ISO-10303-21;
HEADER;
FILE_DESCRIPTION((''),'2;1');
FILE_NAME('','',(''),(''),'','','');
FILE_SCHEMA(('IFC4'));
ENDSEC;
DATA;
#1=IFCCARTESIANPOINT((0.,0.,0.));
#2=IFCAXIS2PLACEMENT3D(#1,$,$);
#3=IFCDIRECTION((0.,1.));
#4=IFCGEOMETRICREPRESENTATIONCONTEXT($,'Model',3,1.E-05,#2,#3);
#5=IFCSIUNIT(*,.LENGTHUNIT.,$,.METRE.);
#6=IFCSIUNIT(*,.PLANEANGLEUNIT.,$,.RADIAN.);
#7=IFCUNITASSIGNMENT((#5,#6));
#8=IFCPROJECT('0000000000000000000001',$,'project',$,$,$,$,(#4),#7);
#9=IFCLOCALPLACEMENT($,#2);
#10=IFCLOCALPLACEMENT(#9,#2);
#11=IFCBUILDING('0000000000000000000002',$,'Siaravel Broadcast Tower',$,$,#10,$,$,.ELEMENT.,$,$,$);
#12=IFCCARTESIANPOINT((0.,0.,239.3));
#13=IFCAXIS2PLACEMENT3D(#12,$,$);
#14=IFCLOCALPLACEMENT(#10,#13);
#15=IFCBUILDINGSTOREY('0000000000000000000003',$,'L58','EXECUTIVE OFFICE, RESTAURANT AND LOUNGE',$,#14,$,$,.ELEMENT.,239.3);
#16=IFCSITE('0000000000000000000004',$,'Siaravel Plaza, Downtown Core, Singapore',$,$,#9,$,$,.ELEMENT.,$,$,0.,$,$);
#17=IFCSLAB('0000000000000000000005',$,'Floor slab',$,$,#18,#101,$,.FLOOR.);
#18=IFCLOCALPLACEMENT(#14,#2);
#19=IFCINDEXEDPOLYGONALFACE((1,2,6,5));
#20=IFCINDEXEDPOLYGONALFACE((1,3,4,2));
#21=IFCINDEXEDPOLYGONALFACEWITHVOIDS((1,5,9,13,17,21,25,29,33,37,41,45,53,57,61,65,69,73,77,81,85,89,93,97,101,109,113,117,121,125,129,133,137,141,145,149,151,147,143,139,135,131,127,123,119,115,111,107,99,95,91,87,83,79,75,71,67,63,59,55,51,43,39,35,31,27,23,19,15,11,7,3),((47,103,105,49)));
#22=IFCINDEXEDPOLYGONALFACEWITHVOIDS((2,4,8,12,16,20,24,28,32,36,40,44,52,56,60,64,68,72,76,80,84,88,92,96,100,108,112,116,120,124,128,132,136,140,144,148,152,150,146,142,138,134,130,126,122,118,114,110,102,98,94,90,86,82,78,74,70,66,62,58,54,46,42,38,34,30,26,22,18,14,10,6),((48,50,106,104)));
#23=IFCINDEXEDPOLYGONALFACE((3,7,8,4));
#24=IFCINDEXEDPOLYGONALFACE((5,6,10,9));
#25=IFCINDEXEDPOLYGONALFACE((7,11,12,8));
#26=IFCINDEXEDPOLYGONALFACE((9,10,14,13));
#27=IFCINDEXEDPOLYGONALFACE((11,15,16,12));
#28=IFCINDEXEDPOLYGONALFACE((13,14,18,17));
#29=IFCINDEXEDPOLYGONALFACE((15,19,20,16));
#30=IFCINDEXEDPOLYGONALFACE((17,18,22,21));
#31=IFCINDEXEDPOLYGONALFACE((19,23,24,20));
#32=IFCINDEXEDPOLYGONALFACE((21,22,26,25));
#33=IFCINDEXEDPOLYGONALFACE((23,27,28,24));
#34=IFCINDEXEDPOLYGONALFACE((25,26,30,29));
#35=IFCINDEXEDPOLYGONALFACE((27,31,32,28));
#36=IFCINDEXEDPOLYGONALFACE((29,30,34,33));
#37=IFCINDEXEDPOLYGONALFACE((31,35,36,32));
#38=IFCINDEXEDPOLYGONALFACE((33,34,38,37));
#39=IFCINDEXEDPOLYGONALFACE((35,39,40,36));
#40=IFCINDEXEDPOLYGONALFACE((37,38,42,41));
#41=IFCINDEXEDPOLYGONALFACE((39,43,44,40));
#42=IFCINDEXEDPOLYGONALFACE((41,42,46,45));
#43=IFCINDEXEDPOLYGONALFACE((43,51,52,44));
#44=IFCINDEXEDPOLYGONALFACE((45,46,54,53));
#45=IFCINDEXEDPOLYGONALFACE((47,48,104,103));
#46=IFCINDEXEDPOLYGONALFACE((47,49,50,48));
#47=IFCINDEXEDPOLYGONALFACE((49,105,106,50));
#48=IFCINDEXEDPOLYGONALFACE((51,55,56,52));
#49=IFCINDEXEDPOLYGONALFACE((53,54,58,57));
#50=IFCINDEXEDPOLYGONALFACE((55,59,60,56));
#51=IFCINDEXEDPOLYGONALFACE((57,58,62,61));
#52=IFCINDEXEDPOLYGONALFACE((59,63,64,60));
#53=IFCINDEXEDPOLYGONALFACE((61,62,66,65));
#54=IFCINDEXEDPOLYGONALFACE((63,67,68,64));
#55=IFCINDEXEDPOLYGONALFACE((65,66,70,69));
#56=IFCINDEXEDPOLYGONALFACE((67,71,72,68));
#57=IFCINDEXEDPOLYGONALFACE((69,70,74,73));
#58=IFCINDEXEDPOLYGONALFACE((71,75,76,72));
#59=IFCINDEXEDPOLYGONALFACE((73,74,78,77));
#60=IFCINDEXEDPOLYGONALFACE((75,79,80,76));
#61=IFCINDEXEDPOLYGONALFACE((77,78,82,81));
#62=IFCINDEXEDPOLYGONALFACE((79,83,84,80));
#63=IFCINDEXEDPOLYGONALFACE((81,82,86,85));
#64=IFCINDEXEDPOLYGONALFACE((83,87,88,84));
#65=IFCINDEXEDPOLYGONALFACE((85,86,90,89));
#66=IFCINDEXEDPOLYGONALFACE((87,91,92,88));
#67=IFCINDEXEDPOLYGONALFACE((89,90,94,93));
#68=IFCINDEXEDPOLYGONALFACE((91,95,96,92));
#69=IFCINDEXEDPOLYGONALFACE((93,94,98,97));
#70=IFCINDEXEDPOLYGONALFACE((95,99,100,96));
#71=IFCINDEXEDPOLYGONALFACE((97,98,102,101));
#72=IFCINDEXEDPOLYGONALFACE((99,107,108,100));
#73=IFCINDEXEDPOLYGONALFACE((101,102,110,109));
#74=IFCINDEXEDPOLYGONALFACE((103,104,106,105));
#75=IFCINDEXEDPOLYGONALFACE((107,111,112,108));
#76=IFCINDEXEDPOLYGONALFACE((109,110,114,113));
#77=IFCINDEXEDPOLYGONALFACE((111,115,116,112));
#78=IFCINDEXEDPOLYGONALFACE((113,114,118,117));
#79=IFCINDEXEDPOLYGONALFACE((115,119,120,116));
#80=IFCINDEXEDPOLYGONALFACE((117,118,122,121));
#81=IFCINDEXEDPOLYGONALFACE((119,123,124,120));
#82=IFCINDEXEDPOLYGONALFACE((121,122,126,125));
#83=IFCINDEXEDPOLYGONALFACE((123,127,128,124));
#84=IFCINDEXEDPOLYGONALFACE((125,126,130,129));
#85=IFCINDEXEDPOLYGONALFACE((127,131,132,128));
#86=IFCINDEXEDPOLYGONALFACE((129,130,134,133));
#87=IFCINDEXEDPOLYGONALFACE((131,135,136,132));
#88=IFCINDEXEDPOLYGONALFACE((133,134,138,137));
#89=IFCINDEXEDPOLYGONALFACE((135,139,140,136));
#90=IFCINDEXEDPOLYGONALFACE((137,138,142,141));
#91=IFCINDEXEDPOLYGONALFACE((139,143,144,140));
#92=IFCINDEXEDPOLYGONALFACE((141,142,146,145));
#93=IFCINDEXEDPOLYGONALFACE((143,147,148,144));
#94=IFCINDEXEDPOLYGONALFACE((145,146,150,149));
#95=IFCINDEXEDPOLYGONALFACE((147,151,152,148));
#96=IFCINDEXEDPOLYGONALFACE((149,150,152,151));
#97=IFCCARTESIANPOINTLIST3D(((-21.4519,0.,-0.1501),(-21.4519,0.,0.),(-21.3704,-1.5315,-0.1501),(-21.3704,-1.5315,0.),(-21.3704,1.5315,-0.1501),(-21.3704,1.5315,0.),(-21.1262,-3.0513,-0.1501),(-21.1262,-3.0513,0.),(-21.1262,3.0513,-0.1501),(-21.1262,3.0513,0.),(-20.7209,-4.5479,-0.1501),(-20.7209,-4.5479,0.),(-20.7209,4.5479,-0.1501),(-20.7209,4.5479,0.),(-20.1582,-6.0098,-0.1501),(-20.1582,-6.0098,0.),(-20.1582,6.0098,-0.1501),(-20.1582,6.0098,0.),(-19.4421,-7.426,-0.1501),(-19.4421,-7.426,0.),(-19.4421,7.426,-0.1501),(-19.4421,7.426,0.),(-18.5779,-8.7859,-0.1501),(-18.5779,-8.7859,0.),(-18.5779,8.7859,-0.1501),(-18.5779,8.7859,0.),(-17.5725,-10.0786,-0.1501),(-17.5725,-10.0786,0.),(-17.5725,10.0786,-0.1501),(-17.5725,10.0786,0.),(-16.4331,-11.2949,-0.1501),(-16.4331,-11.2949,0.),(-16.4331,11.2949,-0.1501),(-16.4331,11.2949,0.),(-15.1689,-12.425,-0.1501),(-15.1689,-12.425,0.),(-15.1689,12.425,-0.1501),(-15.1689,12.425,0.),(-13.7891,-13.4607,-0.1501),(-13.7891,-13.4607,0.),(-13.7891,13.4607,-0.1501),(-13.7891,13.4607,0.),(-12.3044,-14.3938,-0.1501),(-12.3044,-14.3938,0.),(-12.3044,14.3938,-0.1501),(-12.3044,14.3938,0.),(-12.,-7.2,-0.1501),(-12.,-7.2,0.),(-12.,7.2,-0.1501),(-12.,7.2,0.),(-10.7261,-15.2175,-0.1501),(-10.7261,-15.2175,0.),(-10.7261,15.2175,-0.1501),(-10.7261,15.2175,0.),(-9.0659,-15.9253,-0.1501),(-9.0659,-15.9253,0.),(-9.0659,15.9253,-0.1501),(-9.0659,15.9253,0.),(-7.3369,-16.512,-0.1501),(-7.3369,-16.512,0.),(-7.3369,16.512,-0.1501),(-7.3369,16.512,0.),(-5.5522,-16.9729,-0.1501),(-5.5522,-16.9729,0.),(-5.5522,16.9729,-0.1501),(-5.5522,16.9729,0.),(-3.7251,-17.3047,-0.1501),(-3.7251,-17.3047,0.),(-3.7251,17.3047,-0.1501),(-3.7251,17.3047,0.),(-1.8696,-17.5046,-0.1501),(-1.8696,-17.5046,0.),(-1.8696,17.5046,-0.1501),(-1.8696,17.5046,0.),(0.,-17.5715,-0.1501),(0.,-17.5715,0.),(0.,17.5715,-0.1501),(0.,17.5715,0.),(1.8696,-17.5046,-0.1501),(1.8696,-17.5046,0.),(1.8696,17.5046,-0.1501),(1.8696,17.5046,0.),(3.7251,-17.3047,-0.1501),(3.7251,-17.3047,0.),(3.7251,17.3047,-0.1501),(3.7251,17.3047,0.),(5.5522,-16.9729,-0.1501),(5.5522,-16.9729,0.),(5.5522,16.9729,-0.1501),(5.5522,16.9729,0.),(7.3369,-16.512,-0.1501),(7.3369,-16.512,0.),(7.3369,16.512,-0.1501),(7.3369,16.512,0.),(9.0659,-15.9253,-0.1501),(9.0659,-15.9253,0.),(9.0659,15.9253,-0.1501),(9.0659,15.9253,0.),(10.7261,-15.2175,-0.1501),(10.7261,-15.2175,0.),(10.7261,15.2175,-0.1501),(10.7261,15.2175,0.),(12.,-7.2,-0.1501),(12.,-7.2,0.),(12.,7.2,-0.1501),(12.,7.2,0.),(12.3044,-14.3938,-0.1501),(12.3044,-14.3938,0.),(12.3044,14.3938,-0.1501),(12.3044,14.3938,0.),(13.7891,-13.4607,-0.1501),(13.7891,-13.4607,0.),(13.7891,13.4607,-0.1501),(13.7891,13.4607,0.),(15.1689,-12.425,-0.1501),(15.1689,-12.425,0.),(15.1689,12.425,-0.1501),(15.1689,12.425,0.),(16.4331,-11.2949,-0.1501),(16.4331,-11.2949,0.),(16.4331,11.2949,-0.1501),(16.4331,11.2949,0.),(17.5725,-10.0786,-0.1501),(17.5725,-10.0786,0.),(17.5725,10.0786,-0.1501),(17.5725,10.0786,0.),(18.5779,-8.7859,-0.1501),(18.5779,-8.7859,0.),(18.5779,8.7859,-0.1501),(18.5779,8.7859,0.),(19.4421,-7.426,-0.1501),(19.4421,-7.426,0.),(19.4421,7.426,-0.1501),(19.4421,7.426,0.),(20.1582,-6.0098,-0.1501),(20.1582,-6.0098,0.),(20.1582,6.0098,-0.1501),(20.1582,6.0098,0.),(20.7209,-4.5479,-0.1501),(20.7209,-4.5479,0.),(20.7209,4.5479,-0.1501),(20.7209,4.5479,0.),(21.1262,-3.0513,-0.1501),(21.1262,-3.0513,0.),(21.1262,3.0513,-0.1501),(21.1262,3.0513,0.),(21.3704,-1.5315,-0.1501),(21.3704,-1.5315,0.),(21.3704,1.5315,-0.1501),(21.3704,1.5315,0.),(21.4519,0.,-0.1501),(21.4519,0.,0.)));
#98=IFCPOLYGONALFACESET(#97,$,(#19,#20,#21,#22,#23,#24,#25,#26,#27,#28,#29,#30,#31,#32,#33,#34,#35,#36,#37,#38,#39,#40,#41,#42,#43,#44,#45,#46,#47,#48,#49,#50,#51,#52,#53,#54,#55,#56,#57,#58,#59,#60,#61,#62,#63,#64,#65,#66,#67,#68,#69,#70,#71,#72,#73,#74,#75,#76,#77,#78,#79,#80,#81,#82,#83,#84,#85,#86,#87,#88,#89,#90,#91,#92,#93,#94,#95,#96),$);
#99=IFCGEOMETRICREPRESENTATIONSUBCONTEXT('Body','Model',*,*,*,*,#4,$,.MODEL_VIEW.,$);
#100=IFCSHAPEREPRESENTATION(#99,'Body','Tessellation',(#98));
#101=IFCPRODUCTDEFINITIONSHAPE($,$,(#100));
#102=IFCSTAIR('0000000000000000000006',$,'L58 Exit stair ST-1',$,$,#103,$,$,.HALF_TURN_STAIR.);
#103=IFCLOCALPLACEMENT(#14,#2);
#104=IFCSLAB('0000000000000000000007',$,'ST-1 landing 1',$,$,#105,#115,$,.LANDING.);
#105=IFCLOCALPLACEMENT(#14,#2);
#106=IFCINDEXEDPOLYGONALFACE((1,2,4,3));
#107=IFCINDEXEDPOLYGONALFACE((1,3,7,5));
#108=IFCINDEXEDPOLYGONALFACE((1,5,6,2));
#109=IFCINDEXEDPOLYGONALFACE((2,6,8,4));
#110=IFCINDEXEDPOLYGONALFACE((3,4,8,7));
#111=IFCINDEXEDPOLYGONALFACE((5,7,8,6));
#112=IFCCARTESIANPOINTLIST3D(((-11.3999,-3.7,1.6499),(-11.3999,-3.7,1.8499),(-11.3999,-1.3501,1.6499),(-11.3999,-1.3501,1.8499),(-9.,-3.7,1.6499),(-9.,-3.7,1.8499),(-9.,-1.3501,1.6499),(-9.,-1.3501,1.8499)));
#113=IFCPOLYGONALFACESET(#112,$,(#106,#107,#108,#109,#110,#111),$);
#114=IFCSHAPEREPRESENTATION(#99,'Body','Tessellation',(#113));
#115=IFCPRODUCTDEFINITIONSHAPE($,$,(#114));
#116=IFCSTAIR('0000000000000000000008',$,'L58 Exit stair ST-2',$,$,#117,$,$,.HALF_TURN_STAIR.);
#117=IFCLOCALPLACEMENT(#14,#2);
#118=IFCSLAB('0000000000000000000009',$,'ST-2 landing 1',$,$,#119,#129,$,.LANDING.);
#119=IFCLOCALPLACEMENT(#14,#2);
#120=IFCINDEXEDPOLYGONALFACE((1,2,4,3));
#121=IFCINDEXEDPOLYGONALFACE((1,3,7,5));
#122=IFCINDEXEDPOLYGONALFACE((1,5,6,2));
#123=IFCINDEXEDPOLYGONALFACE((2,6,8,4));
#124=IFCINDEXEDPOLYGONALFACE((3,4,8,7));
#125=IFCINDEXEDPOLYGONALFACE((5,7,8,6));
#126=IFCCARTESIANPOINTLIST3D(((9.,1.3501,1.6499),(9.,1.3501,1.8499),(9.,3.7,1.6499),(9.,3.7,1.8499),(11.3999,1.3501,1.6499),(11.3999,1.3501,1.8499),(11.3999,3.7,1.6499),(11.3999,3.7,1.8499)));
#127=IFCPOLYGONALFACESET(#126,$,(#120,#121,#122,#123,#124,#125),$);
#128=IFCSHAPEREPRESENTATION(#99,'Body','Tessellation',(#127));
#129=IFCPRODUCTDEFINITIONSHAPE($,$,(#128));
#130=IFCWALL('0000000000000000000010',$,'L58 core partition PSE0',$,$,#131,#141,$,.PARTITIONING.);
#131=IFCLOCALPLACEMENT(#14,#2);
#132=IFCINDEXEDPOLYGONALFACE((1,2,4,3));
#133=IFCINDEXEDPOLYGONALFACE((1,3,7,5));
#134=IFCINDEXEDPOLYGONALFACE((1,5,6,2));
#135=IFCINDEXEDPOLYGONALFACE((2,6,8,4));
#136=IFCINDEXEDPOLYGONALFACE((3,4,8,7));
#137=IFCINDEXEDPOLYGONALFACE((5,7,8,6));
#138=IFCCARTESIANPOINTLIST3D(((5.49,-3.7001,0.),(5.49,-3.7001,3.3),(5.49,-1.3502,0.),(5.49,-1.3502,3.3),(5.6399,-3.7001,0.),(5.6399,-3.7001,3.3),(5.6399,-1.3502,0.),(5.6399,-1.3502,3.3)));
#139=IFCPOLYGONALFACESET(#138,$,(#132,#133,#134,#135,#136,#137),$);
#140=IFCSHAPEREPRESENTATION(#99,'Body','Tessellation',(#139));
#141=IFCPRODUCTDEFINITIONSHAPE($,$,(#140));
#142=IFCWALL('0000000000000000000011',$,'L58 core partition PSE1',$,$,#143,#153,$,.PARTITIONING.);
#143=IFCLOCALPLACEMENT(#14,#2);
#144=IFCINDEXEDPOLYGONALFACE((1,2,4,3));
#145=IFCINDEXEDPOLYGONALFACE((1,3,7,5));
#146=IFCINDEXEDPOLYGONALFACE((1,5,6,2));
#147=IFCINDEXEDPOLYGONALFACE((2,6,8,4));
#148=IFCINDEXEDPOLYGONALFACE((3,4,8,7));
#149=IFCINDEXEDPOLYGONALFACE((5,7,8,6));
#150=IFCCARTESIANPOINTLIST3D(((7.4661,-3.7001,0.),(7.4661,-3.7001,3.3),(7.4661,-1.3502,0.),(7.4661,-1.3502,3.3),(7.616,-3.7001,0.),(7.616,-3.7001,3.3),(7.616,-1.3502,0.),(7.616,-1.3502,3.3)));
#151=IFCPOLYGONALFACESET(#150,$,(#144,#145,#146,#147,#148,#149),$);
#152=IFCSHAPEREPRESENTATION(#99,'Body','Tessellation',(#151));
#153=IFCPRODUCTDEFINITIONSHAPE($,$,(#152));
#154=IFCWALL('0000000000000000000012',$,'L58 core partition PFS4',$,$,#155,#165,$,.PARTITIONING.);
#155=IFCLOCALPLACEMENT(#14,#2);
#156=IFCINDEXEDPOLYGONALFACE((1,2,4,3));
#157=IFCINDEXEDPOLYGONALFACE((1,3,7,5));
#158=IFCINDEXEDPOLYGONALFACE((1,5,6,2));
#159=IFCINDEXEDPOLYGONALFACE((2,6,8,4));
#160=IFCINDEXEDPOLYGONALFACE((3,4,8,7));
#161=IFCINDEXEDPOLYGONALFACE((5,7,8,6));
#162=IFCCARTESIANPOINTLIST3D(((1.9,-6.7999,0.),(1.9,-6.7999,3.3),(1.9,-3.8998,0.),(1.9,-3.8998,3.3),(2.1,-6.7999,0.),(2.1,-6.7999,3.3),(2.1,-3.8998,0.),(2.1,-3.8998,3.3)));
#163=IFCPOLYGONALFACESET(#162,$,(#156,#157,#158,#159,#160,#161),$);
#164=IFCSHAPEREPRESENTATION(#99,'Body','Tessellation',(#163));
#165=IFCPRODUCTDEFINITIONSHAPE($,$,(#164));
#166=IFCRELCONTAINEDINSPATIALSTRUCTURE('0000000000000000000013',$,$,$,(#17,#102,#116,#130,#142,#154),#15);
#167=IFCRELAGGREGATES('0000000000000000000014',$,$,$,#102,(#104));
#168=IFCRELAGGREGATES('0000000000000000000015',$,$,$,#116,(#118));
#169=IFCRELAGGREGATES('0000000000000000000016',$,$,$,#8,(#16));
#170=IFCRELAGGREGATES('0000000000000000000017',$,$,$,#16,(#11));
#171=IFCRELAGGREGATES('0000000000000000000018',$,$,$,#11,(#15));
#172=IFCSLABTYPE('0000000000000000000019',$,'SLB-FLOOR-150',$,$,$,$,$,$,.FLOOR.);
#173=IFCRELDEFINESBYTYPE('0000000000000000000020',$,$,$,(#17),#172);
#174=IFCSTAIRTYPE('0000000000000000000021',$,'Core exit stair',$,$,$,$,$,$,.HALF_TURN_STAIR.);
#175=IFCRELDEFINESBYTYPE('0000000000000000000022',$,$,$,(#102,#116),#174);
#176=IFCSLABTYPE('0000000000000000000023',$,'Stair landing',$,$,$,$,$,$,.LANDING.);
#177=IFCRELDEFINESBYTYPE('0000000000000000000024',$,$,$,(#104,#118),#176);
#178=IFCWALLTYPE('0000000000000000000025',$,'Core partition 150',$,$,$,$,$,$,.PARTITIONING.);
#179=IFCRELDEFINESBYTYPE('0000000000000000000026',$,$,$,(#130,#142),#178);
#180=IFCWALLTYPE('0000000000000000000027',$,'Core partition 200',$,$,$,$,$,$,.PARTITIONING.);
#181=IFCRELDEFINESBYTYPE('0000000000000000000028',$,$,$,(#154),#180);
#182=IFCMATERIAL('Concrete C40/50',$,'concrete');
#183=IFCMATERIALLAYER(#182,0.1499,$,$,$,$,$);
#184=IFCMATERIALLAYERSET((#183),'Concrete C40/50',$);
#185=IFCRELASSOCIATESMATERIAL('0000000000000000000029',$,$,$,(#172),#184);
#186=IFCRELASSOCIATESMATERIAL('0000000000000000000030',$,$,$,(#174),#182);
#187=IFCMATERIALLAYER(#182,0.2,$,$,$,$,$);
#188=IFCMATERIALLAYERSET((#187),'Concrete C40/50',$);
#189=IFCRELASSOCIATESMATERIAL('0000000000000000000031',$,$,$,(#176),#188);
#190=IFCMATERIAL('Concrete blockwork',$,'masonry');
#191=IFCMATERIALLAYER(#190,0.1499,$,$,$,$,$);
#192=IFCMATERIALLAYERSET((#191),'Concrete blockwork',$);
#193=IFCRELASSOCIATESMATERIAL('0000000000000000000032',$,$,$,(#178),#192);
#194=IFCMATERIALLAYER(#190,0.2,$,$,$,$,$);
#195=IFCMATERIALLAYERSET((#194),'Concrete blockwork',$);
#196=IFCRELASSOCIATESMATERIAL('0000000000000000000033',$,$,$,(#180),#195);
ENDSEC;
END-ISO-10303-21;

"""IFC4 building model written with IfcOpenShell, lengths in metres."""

from ifc_helpers import new_model, si_unit, direction, frame, frame_2d, origin, place, context, subcontext, project, spatial, polyline, rectangle, outline, extrude, material, layer, layer_set, type_object, element, aggregate, save


model = new_model("IFC4")

# Units and contexts
model_context = context("Model", 3, precision=1e-05, world=origin(), true_north=direction((0.0, 1.0)))
body_context = subcontext(model_context, "Body", "Model", "MODEL_VIEW")
ifc_project = project(units=[si_unit("LENGTHUNIT", "METRE"), si_unit("PLANEANGLEUNIT", "RADIAN")], contexts=[model_context])

# Site, building, storey
site_placement = place(None, origin())
site = spatial("IfcSite", under=ifc_project, at=site_placement, Name="Siaravel Plaza, Downtown Core, Singapore", CompositionType="ELEMENT", RefElevation=0.0)
building_placement = place(site_placement, origin())
building = spatial("IfcBuilding", under=site, at=building_placement, Name="Siaravel Broadcast Tower", CompositionType="ELEMENT")
storey_placement = place(building_placement, frame((0.0, 0.0, 239.3)))
storey = spatial("IfcBuildingStorey", under=building, at=storey_placement, Name="L58", Description="EXECUTIVE OFFICE, RESTAURANT AND LOUNGE", CompositionType="ELEMENT", Elevation=239.3)

# Slab
ifc_material_1 = material(Name="Concrete C40/50", Category="concrete")
ifc_layer_1 = layer(ifc_material_1, 0.1499)
ifc_layer_set_1 = layer_set([ifc_layer_1], Name="Concrete C40/50")
slab_type_1 = type_object("IfcSlabType", Name="SLB-FLOOR-150", PredefinedType="FLOOR", material=ifc_layer_set_1)
slab_1_placement = place(storey_placement, frame((0.0, 0.0, -0.1501)))
element("IfcSlab", 1, at=slab_1_placement, inside=storey, type_object=slab_type_1, Name="Floor slab", PredefinedType="FLOOR", context=body_context, shape_type="SweptSolid", body=[
    extrude(outline(polyline([(21.4519, 0.0), (21.3704, 1.5315), (21.1262, 3.0513), (20.7209, 4.5479), (20.1582, 6.0098), (19.4421, 7.426), (18.5779, 8.7859), (17.5725, 10.0786), (16.4331, 11.2949), (15.1689, 12.425), (13.7891, 13.4607), (12.3044, 14.3938), (10.7261, 15.2175), (9.0659, 15.9253), (7.3369, 16.512), (5.5522, 16.9729), (3.7251, 17.3047), (1.8696, 17.5046), (0.0, 17.5715), (-1.8696, 17.5046), (-3.7251, 17.3047), (-5.5522, 16.9729), (-7.3369, 16.512), (-9.0659, 15.9253), (-10.7261, 15.2175), (-12.3044, 14.3938), (-13.7891, 13.4607), (-15.1689, 12.425), (-16.4331, 11.2949), (-17.5725, 10.0786), (-18.5779, 8.7859), (-19.4421, 7.426), (-20.1582, 6.0098), (-20.7209, 4.5479), (-21.1262, 3.0513), (-21.3704, 1.5315), (-21.4519, 0.0), (-21.3704, -1.5315), (-21.1262, -3.0513), (-20.7209, -4.5479), (-20.1582, -6.0098), (-19.4421, -7.426), (-18.5779, -8.7859), (-17.5725, -10.0786), (-16.4331, -11.2949), (-15.1689, -12.425), (-13.7891, -13.4607), (-12.3044, -14.3938), (-10.7261, -15.2175), (-9.0659, -15.9253), (-7.3369, -16.512), (-5.5522, -16.9729), (-3.7251, -17.3047), (-1.8696, -17.5046), (0.0, -17.5715), (1.8696, -17.5046), (3.7251, -17.3047), (5.5522, -16.9729), (7.3369, -16.512), (9.0659, -15.9253), (10.7261, -15.2175), (12.3044, -14.3938), (13.7891, -13.4607), (15.1689, -12.425), (16.4331, -11.2949), (17.5725, -10.0786), (18.5779, -8.7859), (19.4421, -7.426), (20.1582, -6.0098), (20.7209, -4.5479), (21.1262, -3.0513), (21.3704, -1.5315), (21.4519, 0.0)]), holes=[polyline([(-12.0, 7.2), (12.0, 7.2), (12.0, -7.2), (-12.0, -7.2), (-12.0, 7.2)])]), origin(), (0.0, 0.0, 1.0), 0.1501),
])

# Stairs, slabs
stair_type = type_object("IfcStairType", Name="Core exit stair", PredefinedType="HALF_TURN_STAIR", material=ifc_material_1)
stair_1_placement = place(storey_placement, origin())
stair_1 = element("IfcStair", 2, at=stair_1_placement, inside=storey, type_object=stair_type, Name="L58 Exit stair ST-1", PredefinedType="HALF_TURN_STAIR")
ifc_layer_2 = layer(ifc_material_1, 0.2)
ifc_layer_set_2 = layer_set([ifc_layer_2], Name="Concrete C40/50")
slab_type_2 = type_object("IfcSlabType", Name="Stair landing", PredefinedType="LANDING", material=ifc_layer_set_2)
slab_2_placement = place(storey_placement, frame((0.0, 0.0, 1.6499)))
slab_2 = element("IfcSlab", 3, at=slab_2_placement, type_object=slab_type_2, Name="ST-1 landing 1", PredefinedType="LANDING", context=body_context, shape_type="SweptSolid", body=[
    extrude(outline(polyline([(-9.0, -1.3501), (-11.3999, -1.3501), (-11.3999, -3.7), (-9.0, -3.7), (-9.0, -1.3501)])), origin(), (0.0, 0.0, 1.0), 0.2),
])
aggregate(stair_1, [slab_2])
stair_2_placement = place(storey_placement, origin())
stair_2 = element("IfcStair", 4, at=stair_2_placement, inside=storey, type_object=stair_type, Name="L58 Exit stair ST-2", PredefinedType="HALF_TURN_STAIR")
slab_3_placement = place(storey_placement, frame((0.0, 0.0, 1.6499)))
slab_3 = element("IfcSlab", 5, at=slab_3_placement, type_object=slab_type_2, Name="ST-2 landing 1", PredefinedType="LANDING", context=body_context, shape_type="SweptSolid", body=[
    extrude(outline(polyline([(9.0, 1.3501), (11.3999, 1.3501), (11.3999, 3.7), (9.0, 3.7), (9.0, 1.3501)])), origin(), (0.0, 0.0, 1.0), 0.2),
])
aggregate(stair_2, [slab_3])

# Walls
ifc_material_2 = material(Name="Concrete blockwork", Category="masonry")
ifc_layer_3 = layer(ifc_material_2, 0.1499)
ifc_layer_set_3 = layer_set([ifc_layer_3], Name="Concrete blockwork")
wall_type_1 = type_object("IfcWallType", Name="Core partition 150", PredefinedType="PARTITIONING", material=ifc_layer_set_3)
for number, where, z_axis, x_axis, name in (
    (6, (5.5649, -3.7, 0.0), (0.0, 0.0, 1.0), (0.0, 1.0, 0.0), "L58 core partition PSE0"),
    (7, (7.541, -3.7, 0.0), (0.0, 0.0, 1.0), (0.0, 1.0, 0.0), "L58 core partition PSE1"),
):
    element("IfcWall", number, at=place(storey_placement, frame(where, z_axis=z_axis, x_axis=x_axis)), inside=storey, type_object=wall_type_1, Name=name, PredefinedType="PARTITIONING", context=body_context, shape_type="SweptSolid", body=[
        extrude(rectangle(XDim=2.3499, YDim=0.1499, at=frame_2d((1.1748, 0.0))), origin(), (0.0, 0.0, 1.0), 3.3),
    ])
ifc_layer_4 = layer(ifc_material_2, 0.2)
ifc_layer_set_4 = layer_set([ifc_layer_4], Name="Concrete blockwork")
wall_type_2 = type_object("IfcWallType", Name="Core partition 200", PredefinedType="PARTITIONING", material=ifc_layer_set_4)
wall_1_placement = place(storey_placement, frame((2.0, -6.8, 0.0), z_axis=(0.0, 0.0, 1.0), x_axis=(0.0, 1.0, 0.0)))
element("IfcWall", 8, at=wall_1_placement, inside=storey, type_object=wall_type_2, Name="L58 core partition PFS4", PredefinedType="PARTITIONING", context=body_context, shape_type="SweptSolid", body=[
    extrude(rectangle(XDim=2.9001, YDim=0.2, at=frame_2d((1.4502, 0.0))), origin(), (0.0, 0.0, 1.0), 3.3),
])

save(model, "model.ifc")
